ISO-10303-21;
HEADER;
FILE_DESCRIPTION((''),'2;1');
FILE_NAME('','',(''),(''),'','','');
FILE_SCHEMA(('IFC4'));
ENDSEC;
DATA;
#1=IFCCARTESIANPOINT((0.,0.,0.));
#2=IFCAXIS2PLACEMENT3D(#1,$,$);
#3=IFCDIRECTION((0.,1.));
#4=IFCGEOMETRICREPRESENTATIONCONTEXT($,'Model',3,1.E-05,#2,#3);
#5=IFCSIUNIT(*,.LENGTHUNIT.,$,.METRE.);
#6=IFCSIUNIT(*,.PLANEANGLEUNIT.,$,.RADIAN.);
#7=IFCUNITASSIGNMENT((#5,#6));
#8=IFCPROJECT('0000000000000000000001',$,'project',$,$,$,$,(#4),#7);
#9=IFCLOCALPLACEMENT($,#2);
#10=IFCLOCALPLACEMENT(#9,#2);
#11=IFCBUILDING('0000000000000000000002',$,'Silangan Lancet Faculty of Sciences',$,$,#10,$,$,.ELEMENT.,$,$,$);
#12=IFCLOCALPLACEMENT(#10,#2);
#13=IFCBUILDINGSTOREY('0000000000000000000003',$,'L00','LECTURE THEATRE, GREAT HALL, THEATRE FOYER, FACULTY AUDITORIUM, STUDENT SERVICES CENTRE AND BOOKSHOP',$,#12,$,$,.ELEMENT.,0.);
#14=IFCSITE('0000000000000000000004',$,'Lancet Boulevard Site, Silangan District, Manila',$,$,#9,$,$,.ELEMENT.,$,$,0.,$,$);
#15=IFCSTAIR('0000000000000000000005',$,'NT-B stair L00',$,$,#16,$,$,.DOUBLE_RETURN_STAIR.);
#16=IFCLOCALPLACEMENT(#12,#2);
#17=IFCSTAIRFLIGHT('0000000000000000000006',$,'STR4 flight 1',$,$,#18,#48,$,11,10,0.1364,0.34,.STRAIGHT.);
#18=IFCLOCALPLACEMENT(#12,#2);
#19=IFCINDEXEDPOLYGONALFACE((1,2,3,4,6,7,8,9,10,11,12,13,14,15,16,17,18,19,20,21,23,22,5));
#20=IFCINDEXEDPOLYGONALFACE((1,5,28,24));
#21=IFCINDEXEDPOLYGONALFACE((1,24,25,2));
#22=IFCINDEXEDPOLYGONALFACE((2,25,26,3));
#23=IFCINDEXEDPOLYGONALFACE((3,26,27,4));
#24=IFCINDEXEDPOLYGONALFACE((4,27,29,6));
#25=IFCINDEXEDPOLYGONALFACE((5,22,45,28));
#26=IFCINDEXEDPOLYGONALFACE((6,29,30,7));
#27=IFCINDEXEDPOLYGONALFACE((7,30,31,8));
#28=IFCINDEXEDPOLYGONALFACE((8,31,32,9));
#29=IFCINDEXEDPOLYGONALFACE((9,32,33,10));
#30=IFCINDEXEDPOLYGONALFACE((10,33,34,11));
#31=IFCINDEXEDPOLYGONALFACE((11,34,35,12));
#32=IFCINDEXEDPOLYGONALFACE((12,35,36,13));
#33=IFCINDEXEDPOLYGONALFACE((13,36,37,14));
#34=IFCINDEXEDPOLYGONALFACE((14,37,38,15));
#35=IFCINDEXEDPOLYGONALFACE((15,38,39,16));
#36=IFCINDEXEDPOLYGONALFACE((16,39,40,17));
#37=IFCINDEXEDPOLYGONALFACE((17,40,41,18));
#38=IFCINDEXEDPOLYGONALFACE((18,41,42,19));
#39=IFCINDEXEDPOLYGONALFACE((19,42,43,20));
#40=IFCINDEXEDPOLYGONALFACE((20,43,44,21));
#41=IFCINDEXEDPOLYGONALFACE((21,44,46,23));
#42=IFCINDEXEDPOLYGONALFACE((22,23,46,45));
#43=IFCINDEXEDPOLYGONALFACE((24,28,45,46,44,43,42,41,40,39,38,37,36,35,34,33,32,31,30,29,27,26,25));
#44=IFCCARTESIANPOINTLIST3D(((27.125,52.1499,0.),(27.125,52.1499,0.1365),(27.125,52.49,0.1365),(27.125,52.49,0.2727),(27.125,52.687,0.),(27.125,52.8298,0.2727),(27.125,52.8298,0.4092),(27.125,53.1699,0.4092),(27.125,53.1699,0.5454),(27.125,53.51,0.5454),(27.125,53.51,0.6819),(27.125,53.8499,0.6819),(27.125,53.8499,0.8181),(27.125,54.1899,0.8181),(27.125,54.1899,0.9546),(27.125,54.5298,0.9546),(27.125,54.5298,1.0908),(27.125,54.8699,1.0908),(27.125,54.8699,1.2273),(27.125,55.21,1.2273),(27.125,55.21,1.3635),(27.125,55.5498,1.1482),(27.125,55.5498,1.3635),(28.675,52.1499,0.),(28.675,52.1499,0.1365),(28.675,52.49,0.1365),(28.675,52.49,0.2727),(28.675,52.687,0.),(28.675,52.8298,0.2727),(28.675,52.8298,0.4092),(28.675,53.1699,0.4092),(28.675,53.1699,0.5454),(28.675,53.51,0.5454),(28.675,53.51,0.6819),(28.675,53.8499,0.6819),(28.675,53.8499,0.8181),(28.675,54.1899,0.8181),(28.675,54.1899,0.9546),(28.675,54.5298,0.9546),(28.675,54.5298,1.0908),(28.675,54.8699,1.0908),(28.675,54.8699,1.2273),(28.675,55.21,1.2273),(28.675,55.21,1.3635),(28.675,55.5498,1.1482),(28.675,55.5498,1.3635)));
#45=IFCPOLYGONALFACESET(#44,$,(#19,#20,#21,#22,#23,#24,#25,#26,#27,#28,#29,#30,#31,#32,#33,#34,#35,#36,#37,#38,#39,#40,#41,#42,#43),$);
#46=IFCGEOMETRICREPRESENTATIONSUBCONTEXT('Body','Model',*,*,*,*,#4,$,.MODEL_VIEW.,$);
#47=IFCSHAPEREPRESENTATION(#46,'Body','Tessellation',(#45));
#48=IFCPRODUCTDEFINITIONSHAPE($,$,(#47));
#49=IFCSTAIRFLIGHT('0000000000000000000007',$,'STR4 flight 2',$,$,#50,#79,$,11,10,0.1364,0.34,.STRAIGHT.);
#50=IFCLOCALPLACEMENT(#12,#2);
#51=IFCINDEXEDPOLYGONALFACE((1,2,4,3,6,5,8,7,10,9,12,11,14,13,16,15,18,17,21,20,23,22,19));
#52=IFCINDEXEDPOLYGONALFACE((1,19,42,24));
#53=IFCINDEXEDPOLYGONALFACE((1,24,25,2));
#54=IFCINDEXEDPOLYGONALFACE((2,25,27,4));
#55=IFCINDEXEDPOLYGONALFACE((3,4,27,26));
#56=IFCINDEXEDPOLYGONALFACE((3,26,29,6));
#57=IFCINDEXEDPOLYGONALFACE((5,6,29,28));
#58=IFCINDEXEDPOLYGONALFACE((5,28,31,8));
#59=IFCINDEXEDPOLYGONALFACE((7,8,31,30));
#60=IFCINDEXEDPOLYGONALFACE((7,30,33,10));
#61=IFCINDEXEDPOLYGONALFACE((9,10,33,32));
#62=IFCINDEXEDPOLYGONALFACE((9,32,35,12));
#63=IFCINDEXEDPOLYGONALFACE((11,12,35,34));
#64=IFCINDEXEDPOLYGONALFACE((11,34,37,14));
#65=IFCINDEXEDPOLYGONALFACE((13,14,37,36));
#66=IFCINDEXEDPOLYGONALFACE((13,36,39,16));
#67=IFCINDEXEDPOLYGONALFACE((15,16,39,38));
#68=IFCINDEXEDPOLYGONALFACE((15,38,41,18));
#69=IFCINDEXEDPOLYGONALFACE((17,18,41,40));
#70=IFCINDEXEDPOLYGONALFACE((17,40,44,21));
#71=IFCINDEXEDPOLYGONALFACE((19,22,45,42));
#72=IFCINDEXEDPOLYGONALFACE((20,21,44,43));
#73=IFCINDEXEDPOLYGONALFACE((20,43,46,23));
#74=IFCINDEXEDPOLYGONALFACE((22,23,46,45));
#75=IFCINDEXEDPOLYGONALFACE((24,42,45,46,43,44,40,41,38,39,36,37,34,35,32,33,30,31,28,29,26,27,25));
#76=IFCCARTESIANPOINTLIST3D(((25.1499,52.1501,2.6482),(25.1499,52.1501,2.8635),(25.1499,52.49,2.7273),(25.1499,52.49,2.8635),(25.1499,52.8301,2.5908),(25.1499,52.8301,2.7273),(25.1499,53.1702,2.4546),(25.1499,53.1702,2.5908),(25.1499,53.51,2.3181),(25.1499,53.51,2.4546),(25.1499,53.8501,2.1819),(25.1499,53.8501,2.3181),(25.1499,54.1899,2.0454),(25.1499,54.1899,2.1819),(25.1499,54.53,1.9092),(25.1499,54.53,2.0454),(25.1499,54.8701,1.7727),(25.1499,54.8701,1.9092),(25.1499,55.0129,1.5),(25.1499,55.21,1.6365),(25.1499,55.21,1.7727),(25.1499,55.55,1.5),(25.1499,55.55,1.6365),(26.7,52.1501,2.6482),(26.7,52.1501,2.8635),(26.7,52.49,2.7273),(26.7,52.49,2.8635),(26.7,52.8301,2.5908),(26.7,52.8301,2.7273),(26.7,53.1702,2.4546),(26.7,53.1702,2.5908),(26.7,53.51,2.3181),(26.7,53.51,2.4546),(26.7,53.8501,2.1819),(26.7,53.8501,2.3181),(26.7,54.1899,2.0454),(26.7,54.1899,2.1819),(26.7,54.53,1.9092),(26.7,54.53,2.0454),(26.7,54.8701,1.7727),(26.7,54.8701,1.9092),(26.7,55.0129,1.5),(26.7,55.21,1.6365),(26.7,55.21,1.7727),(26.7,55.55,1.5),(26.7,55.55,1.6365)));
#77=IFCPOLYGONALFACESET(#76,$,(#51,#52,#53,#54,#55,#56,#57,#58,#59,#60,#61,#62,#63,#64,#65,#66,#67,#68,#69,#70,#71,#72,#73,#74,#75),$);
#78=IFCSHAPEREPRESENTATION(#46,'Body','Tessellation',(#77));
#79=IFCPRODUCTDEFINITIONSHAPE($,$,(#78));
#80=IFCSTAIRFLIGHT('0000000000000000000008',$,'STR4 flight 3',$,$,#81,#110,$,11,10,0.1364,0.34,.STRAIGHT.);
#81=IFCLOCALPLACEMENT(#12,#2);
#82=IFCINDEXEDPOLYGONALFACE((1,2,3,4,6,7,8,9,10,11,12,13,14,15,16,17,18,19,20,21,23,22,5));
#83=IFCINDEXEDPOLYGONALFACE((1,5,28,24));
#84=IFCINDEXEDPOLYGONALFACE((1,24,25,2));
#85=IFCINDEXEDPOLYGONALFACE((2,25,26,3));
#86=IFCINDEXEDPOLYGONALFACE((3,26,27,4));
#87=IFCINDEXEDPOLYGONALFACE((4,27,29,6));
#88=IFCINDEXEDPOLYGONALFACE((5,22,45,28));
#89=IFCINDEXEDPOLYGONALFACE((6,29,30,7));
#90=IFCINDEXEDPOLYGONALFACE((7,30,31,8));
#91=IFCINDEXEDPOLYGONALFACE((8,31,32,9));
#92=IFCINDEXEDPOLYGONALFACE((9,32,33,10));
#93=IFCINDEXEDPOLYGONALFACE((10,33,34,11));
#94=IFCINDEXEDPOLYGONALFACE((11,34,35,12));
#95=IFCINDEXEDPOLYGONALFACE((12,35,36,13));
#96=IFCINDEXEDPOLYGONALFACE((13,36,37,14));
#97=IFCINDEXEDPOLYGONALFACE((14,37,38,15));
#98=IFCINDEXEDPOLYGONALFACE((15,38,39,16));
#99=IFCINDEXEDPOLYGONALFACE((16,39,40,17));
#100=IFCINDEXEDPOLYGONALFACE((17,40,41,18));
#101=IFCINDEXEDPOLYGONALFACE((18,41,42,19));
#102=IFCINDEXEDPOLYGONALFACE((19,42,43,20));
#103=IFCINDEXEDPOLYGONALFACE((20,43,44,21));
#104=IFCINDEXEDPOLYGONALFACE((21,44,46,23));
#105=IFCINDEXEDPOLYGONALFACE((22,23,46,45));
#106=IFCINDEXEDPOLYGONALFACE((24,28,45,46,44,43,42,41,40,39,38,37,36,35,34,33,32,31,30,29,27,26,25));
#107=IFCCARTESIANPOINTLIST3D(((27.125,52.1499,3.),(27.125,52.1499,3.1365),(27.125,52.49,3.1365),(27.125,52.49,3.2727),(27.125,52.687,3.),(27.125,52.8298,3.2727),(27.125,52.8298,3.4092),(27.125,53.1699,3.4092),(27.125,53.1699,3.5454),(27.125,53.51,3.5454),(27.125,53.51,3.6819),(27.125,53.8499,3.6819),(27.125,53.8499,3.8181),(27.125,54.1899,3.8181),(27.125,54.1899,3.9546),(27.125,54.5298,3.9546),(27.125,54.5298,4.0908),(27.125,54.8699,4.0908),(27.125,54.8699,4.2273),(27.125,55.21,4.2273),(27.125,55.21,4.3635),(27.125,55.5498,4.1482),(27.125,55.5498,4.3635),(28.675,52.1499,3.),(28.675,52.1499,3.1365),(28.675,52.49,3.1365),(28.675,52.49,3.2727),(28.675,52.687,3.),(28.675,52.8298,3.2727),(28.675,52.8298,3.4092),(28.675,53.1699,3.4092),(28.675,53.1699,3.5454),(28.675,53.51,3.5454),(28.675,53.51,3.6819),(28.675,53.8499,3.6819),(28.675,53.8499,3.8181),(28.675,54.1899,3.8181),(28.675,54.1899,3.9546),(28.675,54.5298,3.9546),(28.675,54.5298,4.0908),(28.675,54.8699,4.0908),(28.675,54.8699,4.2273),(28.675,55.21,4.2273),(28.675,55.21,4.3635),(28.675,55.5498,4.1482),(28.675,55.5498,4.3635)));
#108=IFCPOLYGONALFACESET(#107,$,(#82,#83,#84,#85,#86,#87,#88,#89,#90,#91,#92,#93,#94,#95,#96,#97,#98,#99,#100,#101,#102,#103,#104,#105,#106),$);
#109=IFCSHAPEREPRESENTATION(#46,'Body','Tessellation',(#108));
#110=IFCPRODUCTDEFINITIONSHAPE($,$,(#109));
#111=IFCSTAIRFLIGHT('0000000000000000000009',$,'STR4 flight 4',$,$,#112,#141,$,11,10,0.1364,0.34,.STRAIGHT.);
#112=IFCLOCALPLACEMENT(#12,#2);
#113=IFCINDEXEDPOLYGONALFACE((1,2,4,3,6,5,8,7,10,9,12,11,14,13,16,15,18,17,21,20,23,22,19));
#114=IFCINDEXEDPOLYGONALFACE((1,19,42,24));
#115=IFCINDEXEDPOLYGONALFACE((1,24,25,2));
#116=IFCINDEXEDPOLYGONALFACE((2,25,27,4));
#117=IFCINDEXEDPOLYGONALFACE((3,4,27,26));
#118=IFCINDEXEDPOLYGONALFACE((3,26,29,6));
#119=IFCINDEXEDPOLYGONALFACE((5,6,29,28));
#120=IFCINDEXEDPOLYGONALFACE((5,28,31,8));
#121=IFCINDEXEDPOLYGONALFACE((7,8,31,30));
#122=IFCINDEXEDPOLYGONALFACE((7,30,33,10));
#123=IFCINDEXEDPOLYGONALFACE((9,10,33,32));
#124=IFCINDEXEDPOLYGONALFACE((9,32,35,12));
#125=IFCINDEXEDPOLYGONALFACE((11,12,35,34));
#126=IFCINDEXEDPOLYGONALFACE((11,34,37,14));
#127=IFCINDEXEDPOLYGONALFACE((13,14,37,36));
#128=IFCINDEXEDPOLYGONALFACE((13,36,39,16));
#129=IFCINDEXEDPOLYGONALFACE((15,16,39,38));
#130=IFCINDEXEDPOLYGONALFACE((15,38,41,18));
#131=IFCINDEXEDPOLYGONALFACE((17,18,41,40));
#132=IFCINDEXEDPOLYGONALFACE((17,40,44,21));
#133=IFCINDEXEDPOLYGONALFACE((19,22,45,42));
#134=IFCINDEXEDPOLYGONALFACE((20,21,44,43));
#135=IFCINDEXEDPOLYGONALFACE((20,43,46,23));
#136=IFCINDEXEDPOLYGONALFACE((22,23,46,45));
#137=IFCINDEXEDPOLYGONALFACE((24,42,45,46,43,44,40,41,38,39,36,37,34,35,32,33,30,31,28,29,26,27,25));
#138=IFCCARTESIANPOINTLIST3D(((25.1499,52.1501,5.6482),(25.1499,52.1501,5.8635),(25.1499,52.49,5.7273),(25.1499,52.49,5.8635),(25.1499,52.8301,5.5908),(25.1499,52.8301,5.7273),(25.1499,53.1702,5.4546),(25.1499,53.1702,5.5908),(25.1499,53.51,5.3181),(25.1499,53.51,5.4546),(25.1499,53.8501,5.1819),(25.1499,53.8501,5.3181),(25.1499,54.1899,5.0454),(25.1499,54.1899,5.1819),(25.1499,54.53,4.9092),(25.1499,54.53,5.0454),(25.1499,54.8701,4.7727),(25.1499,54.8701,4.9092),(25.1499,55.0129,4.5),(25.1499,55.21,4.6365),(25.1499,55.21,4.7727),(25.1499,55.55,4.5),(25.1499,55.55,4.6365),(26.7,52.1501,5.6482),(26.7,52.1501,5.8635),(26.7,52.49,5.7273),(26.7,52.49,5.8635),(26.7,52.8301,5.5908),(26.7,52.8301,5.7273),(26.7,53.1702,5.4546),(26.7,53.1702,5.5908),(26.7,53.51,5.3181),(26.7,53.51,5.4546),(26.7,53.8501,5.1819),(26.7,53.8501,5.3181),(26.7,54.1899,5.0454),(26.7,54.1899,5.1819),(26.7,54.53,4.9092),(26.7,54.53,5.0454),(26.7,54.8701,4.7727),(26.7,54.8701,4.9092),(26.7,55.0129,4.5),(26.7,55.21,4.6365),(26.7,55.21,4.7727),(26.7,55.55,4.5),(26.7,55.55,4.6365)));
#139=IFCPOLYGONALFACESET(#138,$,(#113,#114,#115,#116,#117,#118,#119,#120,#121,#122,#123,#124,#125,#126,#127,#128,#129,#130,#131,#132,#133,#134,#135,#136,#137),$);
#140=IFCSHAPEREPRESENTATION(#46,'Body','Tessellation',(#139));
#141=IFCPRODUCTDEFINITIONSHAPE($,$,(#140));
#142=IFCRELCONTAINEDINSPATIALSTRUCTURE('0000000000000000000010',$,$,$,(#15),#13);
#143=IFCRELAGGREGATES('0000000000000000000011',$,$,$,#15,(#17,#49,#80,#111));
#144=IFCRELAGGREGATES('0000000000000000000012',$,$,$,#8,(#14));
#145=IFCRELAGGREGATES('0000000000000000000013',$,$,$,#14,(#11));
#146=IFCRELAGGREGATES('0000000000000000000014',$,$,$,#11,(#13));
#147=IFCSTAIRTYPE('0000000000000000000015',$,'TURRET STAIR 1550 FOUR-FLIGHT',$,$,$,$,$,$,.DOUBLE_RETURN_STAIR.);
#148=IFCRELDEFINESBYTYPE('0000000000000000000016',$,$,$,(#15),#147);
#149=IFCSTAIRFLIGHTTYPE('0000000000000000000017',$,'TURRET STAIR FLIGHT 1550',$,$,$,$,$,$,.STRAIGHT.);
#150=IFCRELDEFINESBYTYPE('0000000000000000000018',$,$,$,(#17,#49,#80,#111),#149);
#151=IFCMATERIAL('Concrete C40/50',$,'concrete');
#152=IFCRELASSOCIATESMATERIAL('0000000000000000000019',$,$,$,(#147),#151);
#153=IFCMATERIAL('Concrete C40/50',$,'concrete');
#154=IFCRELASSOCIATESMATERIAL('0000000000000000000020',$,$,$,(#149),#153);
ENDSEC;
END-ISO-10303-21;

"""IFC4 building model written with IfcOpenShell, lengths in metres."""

from ifc_helpers import new_model, si_unit, direction, frame, origin, place, context, subcontext, project, spatial, polyline, outline, extrude, material, type_object, element, aggregate, save


model = new_model("IFC4")

# Units and contexts
model_context = context("Model", 3, precision=1e-05, world=origin(), true_north=direction((0.0, 1.0)))
body_context = subcontext(model_context, "Body", "Model", "MODEL_VIEW")
ifc_project = project(units=[si_unit("LENGTHUNIT", "METRE"), si_unit("PLANEANGLEUNIT", "RADIAN")], contexts=[model_context])

# Site, building, storey
site_placement = place(None, origin())
site = spatial("IfcSite", under=ifc_project, at=site_placement, Name="Lancet Boulevard Site, Silangan District, Manila", CompositionType="ELEMENT", RefElevation=0.0)
building_placement = place(site_placement, origin())
building = spatial("IfcBuilding", under=site, at=building_placement, Name="Silangan Lancet Faculty of Sciences", CompositionType="ELEMENT")
storey_placement = place(building_placement, origin())
storey = spatial("IfcBuildingStorey", under=building, at=storey_placement, Name="L00", Description="LECTURE THEATRE, GREAT HALL, THEATRE FOYER, FACULTY AUDITORIUM, STUDENT SERVICES CENTRE AND BOOKSHOP", CompositionType="ELEMENT", Elevation=0.0)

# Stair, stair flights
ifc_material_1 = material(Name="Concrete C40/50", Category="concrete")
stair_type = type_object("IfcStairType", Name="TURRET STAIR 1550 FOUR-FLIGHT", PredefinedType="DOUBLE_RETURN_STAIR", material=ifc_material_1)
stair_placement = place(storey_placement, origin())
stair = element("IfcStair", 1, at=stair_placement, inside=storey, type_object=stair_type, Name="NT-B stair L00", PredefinedType="DOUBLE_RETURN_STAIR")
ifc_material_2 = material(Name="Concrete C40/50", Category="concrete")
stair_flight_type = type_object("IfcStairFlightType", Name="TURRET STAIR FLIGHT 1550", PredefinedType="STRAIGHT", material=ifc_material_2)
stair_flight_1_placement = place(storey_placement, frame((27.8999, 52.1499, 0.0), z_axis=(0.0, 0.0, 1.0), x_axis=(0.0, 1.0, 0.0)))
stair_flight_1 = element("IfcStairFlight", 2, at=stair_flight_1_placement, type_object=stair_flight_type, Name="STR4 flight 1", NumberOfRisers=11, NumberOfTreads=10, PredefinedType="STRAIGHT", RiserHeight=0.1364, TreadLength=0.34, context=body_context, shape_type="SweptSolid", body=[
    extrude(outline(polyline([(0.0, 0.0), (0.0, 0.1365), (0.3401, 0.1365), (0.3401, 0.2727), (0.6799, 0.2727), (0.6799, 0.4092), (1.02, 0.4092), (1.02, 0.5454), (1.3601, 0.5454), (1.3601, 0.6819), (1.7, 0.6819), (1.7, 0.8181), (2.04, 0.8181), (2.04, 0.9546), (2.3799, 0.9546), (2.3799, 1.0908), (2.72, 1.0908), (2.72, 1.2273), (3.0601, 1.2273), (3.0601, 1.3635), (3.3999, 1.3635), (3.3999, 1.5), (3.3999, 1.1482), (0.5371, 0.0), (0.0, 0.0)])), frame((0.0, 0.7749, 0.0), z_axis=(0.0, -1.0, 0.0), x_axis=(1.0, 0.0, 0.0)), (0.0, 0.0, 1.0), 1.55),
])
stair_flight_2_placement = place(storey_placement, frame((25.925, 55.55, 1.5), z_axis=(0.0, 0.0, 1.0), x_axis=(0.0, -1.0, 0.0)))
stair_flight_2 = element("IfcStairFlight", 3, at=stair_flight_2_placement, type_object=stair_flight_type, Name="STR4 flight 2", NumberOfRisers=11, NumberOfTreads=10, PredefinedType="STRAIGHT", RiserHeight=0.1364, TreadLength=0.34, context=body_context, shape_type="SweptSolid", body=[
    extrude(outline(polyline([(0.0, 0.0), (0.0, 0.1365), (0.3401, 0.1365), (0.3401, 0.2727), (0.6799, 0.2727), (0.6799, 0.4092), (1.02, 0.4092), (1.02, 0.5454), (1.3601, 0.5454), (1.3601, 0.6819), (1.7, 0.6819), (1.7, 0.8181), (2.04, 0.8181), (2.04, 0.9546), (2.3799, 0.9546), (2.3799, 1.0908), (2.72, 1.0908), (2.72, 1.2273), (3.0601, 1.2273), (3.0601, 1.3635), (3.3999, 1.3635), (3.3999, 1.5), (3.3999, 1.1482), (0.5371, 0.0), (0.0, 0.0)])), frame((0.0, 0.7749, 0.0), z_axis=(0.0, -1.0, 0.0), x_axis=(1.0, 0.0, 0.0)), (0.0, 0.0, 1.0), 1.55),
])
stair_flight_3_placement = place(storey_placement, frame((27.8999, 52.1499, 3.0), z_axis=(0.0, 0.0, 1.0), x_axis=(0.0, 1.0, 0.0)))
stair_flight_3 = element("IfcStairFlight", 4, at=stair_flight_3_placement, type_object=stair_flight_type, Name="STR4 flight 3", NumberOfRisers=11, NumberOfTreads=10, PredefinedType="STRAIGHT", RiserHeight=0.1364, TreadLength=0.34, context=body_context, shape_type="SweptSolid", body=[
    extrude(outline(polyline([(0.0, 0.0), (0.0, 0.1365), (0.3401, 0.1365), (0.3401, 0.2727), (0.6799, 0.2727), (0.6799, 0.4092), (1.02, 0.4092), (1.02, 0.5454), (1.3601, 0.5454), (1.3601, 0.6819), (1.7, 0.6819), (1.7, 0.8181), (2.04, 0.8181), (2.04, 0.9546), (2.3799, 0.9546), (2.3799, 1.0908), (2.72, 1.0908), (2.72, 1.2273), (3.0601, 1.2273), (3.0601, 1.3635), (3.3999, 1.3635), (3.3999, 1.5), (3.3999, 1.1482), (0.5371, 0.0), (0.0, 0.0)])), frame((0.0, 0.7749, 0.0), z_axis=(0.0, -1.0, 0.0), x_axis=(1.0, 0.0, 0.0)), (0.0, 0.0, 1.0), 1.55),
])
stair_flight_4_placement = place(storey_placement, frame((25.925, 55.55, 4.5), z_axis=(0.0, 0.0, 1.0), x_axis=(0.0, -1.0, 0.0)))
stair_flight_4 = element("IfcStairFlight", 5, at=stair_flight_4_placement, type_object=stair_flight_type, Name="STR4 flight 4", NumberOfRisers=11, NumberOfTreads=10, PredefinedType="STRAIGHT", RiserHeight=0.1364, TreadLength=0.34, context=body_context, shape_type="SweptSolid", body=[
    extrude(outline(polyline([(0.0, 0.0), (0.0, 0.1365), (0.3401, 0.1365), (0.3401, 0.2727), (0.6799, 0.2727), (0.6799, 0.4092), (1.02, 0.4092), (1.02, 0.5454), (1.3601, 0.5454), (1.3601, 0.6819), (1.7, 0.6819), (1.7, 0.8181), (2.04, 0.8181), (2.04, 0.9546), (2.3799, 0.9546), (2.3799, 1.0908), (2.72, 1.0908), (2.72, 1.2273), (3.0601, 1.2273), (3.0601, 1.3635), (3.3999, 1.3635), (3.3999, 1.5), (3.3999, 1.1482), (0.5371, 0.0), (0.0, 0.0)])), frame((0.0, 0.7749, 0.0), z_axis=(0.0, -1.0, 0.0), x_axis=(1.0, 0.0, 0.0)), (0.0, 0.0, 1.0), 1.55),
])
aggregate(stair, [stair_flight_1, stair_flight_2, stair_flight_3, stair_flight_4])

save(model, "model.ifc")
